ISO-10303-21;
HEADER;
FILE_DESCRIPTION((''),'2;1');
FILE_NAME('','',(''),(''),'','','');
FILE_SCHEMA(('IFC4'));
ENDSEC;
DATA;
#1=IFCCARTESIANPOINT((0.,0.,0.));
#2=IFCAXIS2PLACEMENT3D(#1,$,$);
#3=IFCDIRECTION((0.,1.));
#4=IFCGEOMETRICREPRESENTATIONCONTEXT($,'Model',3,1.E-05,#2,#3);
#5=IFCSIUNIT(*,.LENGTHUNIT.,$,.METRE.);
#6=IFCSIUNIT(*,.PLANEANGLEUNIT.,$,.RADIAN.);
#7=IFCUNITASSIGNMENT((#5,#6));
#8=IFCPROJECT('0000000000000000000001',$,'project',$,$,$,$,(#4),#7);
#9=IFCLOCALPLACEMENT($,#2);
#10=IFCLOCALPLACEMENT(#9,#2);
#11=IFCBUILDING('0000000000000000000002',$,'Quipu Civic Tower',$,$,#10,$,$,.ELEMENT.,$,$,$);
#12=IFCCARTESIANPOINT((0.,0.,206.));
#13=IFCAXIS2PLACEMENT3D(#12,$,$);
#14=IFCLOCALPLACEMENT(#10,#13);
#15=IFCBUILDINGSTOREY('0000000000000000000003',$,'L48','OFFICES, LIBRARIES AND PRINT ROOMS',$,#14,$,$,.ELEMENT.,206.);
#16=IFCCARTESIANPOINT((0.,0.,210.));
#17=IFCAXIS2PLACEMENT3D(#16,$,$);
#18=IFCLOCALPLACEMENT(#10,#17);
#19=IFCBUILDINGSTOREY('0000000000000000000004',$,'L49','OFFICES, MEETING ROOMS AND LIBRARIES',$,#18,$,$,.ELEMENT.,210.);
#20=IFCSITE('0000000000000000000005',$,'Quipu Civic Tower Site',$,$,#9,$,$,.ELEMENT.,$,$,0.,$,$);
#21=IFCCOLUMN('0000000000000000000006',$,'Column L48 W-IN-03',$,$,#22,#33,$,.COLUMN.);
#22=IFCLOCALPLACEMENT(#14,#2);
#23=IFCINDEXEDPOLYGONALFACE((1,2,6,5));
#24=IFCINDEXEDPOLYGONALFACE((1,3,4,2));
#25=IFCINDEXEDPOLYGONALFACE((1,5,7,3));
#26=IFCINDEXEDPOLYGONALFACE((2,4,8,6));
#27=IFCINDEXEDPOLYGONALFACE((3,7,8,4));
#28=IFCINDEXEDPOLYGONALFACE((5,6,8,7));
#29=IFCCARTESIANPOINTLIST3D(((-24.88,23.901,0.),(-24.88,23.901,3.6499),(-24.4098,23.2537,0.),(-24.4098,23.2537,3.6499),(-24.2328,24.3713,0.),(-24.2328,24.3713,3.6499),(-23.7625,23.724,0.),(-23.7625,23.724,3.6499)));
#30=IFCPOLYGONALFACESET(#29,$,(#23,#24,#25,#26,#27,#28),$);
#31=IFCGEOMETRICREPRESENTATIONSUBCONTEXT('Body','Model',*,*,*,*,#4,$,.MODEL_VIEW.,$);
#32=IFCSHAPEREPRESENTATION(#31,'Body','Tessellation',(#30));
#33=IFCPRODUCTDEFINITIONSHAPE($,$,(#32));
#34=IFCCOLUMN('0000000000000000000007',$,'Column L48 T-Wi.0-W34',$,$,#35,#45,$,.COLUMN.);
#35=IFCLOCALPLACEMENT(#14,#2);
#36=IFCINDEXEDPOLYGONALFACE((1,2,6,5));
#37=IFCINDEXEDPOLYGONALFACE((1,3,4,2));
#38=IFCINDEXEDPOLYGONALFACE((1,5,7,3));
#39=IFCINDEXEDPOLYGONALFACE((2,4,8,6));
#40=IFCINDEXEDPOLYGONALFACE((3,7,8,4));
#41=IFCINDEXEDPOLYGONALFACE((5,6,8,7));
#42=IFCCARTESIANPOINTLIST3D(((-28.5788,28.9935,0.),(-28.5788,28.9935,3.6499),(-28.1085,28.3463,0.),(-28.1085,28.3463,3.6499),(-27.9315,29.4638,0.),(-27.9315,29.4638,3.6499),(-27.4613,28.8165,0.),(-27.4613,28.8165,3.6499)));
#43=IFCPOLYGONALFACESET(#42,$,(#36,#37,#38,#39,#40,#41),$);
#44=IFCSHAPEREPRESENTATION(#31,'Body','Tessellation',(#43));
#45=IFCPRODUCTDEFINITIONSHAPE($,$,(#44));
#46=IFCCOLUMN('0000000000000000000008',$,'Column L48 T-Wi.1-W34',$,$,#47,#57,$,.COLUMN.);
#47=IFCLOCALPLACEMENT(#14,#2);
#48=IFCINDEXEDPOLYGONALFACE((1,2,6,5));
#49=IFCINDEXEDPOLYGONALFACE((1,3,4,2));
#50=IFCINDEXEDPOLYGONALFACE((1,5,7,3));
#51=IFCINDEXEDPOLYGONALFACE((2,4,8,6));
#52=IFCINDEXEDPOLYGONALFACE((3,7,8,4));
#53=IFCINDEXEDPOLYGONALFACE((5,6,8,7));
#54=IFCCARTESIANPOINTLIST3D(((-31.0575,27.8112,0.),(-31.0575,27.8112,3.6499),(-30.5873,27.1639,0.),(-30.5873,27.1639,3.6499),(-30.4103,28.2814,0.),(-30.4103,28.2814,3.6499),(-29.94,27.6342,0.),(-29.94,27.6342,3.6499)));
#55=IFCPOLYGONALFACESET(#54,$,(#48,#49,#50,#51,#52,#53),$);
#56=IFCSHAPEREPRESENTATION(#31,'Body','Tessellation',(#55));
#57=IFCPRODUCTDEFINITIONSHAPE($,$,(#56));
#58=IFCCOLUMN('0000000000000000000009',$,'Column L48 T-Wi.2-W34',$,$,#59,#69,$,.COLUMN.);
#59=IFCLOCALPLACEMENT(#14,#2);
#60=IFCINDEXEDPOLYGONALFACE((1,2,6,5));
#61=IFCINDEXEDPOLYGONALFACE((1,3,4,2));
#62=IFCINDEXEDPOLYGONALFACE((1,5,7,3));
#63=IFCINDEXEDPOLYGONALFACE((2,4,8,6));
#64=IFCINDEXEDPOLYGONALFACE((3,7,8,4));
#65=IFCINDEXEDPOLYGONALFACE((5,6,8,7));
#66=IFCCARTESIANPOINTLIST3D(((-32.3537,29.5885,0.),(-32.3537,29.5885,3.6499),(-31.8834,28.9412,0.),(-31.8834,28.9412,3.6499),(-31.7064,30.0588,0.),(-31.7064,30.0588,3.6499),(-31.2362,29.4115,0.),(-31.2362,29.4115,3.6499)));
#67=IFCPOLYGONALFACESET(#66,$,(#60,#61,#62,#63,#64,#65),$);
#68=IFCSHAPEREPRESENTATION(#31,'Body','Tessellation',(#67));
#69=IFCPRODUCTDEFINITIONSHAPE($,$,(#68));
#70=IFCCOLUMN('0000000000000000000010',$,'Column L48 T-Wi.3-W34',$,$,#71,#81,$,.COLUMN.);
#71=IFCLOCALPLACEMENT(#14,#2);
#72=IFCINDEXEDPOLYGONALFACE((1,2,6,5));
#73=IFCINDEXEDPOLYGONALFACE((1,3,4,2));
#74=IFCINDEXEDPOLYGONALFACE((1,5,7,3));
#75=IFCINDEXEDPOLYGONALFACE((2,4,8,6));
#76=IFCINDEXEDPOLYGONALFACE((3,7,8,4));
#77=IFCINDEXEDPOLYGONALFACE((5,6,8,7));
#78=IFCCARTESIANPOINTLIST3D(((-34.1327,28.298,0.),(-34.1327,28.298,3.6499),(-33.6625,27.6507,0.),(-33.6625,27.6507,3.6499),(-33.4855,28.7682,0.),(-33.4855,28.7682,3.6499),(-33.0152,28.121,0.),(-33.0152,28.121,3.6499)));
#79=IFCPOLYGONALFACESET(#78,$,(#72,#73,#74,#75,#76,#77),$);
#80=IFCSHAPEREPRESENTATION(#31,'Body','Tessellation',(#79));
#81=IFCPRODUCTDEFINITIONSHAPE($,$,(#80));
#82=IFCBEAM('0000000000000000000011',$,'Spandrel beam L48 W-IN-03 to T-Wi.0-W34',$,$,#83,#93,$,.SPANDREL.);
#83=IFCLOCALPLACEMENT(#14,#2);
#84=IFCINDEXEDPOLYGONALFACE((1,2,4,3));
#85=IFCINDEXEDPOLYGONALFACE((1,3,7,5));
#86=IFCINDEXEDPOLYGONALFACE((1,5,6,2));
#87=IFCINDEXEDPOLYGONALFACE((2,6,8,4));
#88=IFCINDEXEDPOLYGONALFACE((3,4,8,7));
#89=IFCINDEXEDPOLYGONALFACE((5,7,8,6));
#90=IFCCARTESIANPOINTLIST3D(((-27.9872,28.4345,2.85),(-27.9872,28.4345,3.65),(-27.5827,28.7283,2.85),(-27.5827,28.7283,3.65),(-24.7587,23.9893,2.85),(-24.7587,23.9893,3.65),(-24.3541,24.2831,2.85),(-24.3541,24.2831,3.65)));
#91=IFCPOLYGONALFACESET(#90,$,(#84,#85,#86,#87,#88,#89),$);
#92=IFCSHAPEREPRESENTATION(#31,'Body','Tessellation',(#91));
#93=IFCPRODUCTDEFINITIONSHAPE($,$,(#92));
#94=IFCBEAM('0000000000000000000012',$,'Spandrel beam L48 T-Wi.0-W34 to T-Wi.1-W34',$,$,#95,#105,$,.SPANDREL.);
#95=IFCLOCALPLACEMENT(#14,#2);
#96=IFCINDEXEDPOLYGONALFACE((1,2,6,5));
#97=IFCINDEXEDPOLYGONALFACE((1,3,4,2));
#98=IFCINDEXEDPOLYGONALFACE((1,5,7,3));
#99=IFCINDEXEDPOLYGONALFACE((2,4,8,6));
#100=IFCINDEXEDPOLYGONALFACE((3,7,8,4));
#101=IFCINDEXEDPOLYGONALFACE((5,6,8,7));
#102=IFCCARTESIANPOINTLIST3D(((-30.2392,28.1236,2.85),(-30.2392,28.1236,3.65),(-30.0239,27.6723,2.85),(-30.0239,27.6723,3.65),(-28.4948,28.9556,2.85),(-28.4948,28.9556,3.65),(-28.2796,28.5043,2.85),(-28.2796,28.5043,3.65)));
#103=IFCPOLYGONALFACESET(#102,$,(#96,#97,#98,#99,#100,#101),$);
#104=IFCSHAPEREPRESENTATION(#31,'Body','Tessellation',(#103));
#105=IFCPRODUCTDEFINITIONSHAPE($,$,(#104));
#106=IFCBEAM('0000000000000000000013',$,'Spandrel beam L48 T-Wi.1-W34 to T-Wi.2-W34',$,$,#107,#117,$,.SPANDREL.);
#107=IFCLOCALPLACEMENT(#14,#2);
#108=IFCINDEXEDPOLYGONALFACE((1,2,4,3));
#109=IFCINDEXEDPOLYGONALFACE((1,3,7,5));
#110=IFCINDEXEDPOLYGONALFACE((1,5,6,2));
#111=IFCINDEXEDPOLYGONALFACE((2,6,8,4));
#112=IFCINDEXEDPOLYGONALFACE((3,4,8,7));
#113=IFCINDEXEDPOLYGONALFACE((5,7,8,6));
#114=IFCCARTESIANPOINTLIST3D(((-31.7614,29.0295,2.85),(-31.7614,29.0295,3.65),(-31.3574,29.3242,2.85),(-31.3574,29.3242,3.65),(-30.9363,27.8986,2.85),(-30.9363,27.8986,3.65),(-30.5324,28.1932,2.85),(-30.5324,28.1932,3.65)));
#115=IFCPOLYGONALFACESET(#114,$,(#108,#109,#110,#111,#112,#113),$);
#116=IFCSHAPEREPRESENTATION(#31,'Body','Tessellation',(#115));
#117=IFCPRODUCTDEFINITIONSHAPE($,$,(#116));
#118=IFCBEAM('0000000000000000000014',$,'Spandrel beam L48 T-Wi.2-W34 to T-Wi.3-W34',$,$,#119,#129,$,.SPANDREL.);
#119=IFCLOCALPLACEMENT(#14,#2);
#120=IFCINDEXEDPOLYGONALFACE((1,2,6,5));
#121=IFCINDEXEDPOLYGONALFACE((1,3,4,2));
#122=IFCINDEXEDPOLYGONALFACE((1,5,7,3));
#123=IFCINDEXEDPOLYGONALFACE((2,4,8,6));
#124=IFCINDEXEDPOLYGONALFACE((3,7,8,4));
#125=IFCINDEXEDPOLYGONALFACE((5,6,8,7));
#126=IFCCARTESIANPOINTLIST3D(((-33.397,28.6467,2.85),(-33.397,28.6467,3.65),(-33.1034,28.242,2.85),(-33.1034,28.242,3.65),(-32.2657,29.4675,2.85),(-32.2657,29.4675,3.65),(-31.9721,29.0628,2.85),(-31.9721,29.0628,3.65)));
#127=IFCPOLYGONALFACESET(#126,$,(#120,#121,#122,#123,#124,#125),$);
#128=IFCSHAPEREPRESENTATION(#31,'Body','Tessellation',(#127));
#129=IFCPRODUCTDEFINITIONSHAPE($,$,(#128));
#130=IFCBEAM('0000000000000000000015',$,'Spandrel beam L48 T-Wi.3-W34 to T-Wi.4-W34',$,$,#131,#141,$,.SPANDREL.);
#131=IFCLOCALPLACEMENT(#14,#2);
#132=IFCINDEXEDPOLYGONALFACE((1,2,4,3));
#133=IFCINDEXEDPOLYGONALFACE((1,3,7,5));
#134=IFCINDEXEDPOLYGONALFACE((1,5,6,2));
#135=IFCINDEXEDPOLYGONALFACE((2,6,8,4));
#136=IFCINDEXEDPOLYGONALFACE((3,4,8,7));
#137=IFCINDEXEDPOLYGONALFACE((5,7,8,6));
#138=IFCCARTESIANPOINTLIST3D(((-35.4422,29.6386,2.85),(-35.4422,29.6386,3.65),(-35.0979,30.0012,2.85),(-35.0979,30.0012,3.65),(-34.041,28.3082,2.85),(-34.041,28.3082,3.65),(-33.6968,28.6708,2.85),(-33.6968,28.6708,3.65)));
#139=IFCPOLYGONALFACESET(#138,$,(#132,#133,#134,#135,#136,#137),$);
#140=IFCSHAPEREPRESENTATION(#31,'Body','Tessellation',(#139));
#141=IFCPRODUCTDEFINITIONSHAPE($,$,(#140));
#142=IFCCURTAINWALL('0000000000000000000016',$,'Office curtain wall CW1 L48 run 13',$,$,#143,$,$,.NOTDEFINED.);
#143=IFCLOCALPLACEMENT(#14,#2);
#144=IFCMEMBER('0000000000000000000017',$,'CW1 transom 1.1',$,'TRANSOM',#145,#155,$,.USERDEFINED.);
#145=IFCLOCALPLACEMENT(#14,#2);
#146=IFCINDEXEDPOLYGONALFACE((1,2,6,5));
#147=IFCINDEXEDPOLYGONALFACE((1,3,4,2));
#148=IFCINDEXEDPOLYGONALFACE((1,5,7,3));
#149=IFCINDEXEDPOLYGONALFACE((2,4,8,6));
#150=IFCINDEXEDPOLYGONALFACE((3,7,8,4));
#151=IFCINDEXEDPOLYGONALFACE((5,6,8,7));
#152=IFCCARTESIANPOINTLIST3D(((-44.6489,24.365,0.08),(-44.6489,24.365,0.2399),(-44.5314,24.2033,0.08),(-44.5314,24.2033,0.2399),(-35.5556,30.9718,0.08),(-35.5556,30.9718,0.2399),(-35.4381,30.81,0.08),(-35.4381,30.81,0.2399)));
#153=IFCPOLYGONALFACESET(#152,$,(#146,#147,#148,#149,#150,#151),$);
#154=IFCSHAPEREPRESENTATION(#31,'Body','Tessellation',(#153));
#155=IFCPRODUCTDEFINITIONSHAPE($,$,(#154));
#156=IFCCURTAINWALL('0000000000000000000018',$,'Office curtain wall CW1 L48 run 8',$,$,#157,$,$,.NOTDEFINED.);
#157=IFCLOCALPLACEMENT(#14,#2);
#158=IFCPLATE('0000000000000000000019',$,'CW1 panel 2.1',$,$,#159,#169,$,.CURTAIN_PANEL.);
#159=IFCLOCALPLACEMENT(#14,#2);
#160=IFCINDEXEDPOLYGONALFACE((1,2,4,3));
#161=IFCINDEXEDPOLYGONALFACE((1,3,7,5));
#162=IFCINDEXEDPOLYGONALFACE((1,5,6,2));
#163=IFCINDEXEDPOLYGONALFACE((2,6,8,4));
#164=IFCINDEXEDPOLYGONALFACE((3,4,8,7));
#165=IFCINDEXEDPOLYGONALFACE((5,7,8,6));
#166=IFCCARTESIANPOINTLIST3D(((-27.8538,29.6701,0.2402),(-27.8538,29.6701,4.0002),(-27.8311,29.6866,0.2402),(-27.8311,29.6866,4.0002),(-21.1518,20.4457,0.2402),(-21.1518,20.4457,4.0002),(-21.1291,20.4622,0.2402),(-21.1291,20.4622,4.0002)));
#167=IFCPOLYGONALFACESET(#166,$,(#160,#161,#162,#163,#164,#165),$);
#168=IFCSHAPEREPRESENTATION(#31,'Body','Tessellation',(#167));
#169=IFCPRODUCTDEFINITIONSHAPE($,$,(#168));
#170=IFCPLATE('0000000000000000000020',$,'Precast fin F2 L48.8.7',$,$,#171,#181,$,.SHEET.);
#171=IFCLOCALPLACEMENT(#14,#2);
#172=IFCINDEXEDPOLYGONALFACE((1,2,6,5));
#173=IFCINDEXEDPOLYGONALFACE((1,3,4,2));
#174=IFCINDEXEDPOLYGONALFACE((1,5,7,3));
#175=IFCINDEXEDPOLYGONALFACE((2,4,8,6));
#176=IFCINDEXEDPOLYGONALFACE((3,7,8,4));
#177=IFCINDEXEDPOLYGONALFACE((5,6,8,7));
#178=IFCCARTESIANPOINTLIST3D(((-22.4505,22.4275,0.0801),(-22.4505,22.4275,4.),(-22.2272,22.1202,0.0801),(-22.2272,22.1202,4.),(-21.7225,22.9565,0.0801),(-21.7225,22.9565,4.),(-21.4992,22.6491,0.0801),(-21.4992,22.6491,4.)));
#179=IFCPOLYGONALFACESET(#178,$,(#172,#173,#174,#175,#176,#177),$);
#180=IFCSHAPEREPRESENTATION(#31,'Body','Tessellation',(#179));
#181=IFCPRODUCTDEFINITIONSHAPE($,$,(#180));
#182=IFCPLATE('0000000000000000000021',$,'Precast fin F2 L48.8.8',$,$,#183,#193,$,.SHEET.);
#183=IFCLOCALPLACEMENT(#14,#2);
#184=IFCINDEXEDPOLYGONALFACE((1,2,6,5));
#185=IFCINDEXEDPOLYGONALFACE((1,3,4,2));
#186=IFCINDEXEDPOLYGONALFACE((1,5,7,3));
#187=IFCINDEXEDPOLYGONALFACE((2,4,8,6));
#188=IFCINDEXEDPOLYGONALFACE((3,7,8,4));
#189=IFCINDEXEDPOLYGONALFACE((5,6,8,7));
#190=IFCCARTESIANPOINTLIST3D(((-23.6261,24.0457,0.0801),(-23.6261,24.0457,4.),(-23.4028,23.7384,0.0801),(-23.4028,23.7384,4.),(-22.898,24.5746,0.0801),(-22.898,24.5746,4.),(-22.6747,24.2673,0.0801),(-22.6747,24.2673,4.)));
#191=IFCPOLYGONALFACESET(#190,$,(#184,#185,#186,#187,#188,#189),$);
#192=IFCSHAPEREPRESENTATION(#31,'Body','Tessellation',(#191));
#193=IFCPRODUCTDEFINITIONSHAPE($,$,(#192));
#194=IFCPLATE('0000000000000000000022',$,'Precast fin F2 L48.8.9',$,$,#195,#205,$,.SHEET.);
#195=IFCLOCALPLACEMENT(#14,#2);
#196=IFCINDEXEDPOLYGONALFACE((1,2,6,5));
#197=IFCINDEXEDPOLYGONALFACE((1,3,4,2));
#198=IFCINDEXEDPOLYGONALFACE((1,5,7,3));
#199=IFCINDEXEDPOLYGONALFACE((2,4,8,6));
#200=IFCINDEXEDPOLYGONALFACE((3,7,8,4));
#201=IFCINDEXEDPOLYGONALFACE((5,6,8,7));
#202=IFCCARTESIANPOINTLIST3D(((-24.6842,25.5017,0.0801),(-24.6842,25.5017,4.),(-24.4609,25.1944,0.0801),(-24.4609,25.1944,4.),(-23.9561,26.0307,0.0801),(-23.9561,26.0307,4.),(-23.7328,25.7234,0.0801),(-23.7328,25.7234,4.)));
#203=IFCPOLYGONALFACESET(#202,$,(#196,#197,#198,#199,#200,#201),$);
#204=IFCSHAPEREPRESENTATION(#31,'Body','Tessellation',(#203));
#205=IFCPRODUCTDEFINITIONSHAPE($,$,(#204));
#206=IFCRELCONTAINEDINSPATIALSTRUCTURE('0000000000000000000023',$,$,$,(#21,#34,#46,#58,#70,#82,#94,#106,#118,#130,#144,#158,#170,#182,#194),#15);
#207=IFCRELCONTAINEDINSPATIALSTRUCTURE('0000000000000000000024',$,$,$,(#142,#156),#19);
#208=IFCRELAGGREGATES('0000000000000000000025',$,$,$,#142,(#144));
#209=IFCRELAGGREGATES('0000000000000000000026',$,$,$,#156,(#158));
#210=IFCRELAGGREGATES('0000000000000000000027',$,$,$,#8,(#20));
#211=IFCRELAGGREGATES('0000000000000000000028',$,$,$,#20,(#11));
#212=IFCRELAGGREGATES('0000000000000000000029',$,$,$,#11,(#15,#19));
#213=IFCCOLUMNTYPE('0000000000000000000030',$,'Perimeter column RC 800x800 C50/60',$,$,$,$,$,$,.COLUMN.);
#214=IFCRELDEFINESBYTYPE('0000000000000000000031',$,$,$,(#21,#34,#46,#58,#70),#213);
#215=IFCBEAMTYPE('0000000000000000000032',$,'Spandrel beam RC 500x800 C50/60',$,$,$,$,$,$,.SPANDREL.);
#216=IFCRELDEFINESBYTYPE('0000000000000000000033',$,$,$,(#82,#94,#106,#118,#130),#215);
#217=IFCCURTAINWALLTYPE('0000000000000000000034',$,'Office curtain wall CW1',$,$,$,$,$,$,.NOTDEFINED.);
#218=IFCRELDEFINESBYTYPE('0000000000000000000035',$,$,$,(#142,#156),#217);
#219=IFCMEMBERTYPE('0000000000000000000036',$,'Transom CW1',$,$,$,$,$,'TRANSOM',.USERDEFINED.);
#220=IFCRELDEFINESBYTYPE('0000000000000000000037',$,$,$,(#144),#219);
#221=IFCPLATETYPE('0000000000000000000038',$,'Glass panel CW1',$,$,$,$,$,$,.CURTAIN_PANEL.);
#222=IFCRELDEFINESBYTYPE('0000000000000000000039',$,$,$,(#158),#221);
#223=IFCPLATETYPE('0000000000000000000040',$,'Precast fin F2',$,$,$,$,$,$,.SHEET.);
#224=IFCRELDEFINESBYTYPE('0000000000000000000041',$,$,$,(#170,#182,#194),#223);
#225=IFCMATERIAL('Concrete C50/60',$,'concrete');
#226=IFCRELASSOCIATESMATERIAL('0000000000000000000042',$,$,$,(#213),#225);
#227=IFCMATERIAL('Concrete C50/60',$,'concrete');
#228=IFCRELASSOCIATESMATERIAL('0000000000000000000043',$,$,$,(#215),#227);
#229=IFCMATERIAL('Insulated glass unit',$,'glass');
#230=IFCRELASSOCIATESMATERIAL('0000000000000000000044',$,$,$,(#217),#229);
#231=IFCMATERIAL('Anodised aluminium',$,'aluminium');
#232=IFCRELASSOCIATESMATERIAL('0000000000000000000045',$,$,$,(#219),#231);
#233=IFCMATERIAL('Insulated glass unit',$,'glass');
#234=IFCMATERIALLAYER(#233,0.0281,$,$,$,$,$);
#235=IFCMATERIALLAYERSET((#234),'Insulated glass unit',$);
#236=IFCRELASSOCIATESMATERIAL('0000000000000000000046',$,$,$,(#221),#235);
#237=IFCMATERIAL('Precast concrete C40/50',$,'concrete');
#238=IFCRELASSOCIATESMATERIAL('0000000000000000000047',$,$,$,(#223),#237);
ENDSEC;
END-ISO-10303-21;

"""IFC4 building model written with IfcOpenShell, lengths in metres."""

from ifc_helpers import new_model, si_unit, direction, frame, origin, origin_2d, place, context, subcontext, project, spatial, rectangle, extrude, material, layer, layer_set, material_profile, profile_set, type_object, element, aggregate, save


model = new_model("IFC4")

# Units and contexts
model_context = context("Model", 3, precision=1e-05, world=origin(), true_north=direction((0.0, 1.0)))
body_context = subcontext(model_context, "Body", "Model", "MODEL_VIEW")
ifc_project = project(units=[si_unit("LENGTHUNIT", "METRE"), si_unit("PLANEANGLEUNIT", "RADIAN")], contexts=[model_context])

# Site, building, storey
site_placement = place(None, origin())
site = spatial("IfcSite", under=ifc_project, at=site_placement, Name="Quipu Civic Tower Site", CompositionType="ELEMENT", RefElevation=0.0)
building_placement = place(site_placement, origin())
building = spatial("IfcBuilding", under=site, at=building_placement, Name="Quipu Civic Tower", CompositionType="ELEMENT")
storey_1_placement = place(building_placement, frame((0.0, 0.0, 206.0)))
storey_1 = spatial("IfcBuildingStorey", under=building, at=storey_1_placement, Name="L48", Description="OFFICES, LIBRARIES AND PRINT ROOMS", CompositionType="ELEMENT", Elevation=206.0)

# Columns
ifc_material_1 = material(Name="Concrete C50/60", Category="concrete")
ifc_material_profile_1 = material_profile(ifc_material_1, rectangle(XDim=0.8, YDim=0.8, at=origin_2d()), Name="RC800x800")
ifc_profile_set_1 = profile_set([ifc_material_profile_1], Name="Concrete C50/60")
column_type = type_object("IfcColumnType", Name="Perimeter column RC 800x800 C50/60", PredefinedType="COLUMN", material=ifc_profile_set_1)
for number, where, z_axis, x_axis, name in (
    (1, (-24.3213, 23.8125, 0.0), (0.0, 0.0, 1.0), (-0.587785, 0.809017, 0.0), "Column L48 W-IN-03"),
    (2, (-28.02, 28.905, 0.0), (0.0, 0.0, 1.0), (-0.809017, -0.587785, 0.0), "Column L48 T-Wi.0-W34"),
    (3, (-30.4988, 27.7227, 0.0), (0.0, 0.0, 1.0), (-0.809017, -0.587785, 0.0), "Column L48 T-Wi.1-W34"),
    (4, (-31.7949, 29.5, 0.0), (0.0, 0.0, 1.0), (-0.587785, 0.809017, 0.0), "Column L48 T-Wi.2-W34"),
    (5, (-33.574, 28.2095, 0.0), (0.0, 0.0, 1.0), (-0.587785, 0.809017, 0.0), "Column L48 T-Wi.3-W34"),
):
    element("IfcColumn", number, at=place(storey_1_placement, frame(where, z_axis=z_axis, x_axis=x_axis)), inside=storey_1, type_object=column_type, Name=name, PredefinedType="COLUMN", context=body_context, shape_type="SweptSolid", body=[
        extrude(rectangle(XDim=0.8, YDim=0.8, at=origin_2d()), origin(), (0.0, 0.0, 1.0), 3.6499),
    ])

# Beams
ifc_material_2 = material(Name="Concrete C50/60", Category="concrete")
ifc_material_profile_2 = material_profile(ifc_material_2, rectangle(XDim=0.5, YDim=0.8, at=origin_2d()), Name="RC500x800")
ifc_profile_set_2 = profile_set([ifc_material_profile_2], Name="Concrete C50/60")
beam_type = type_object("IfcBeamType", Name="Spandrel beam RC 500x800 C50/60", PredefinedType="SPANDREL", material=ifc_profile_set_2)
beam_1_placement = place(storey_1_placement, frame((-24.5564, 24.1362, 3.25), z_axis=(-0.587664, 0.809105, 0.0), x_axis=(-0.809105, -0.587664, 0.0)))
element("IfcBeam", 6, at=beam_1_placement, inside=storey_1, type_object=beam_type, Name="Spandrel beam L48 W-IN-03 to T-Wi.0-W34", PredefinedType="SPANDREL", context=body_context, shape_type="SweptSolid", body=[
    extrude(rectangle(XDim=0.5, YDim=0.8, at=origin_2d()), origin(), (0.0, 0.0, 1.0), 5.4939),
])
beam_2_placement = place(storey_1_placement, frame((-28.3872, 28.73, 3.25), z_axis=(-0.902585, -0.430512, 0.0), x_axis=(0.430512, -0.902585, 0.0)))
element("IfcBeam", 7, at=beam_2_placement, inside=storey_1, type_object=beam_type, Name="Spandrel beam L48 T-Wi.0-W34 to T-Wi.1-W34", PredefinedType="SPANDREL", context=body_context, shape_type="SweptSolid", body=[
    extrude(rectangle(XDim=0.5, YDim=0.8, at=origin_2d()), origin(), (0.0, 0.0, 1.0), 1.9326),
])
beam_3_placement = place(storey_1_placement, frame((-30.7344, 28.0459, 3.25), z_axis=(-0.589343, 0.807883, 0.0), x_axis=(-0.807883, -0.589343, 0.0)))
element("IfcBeam", 8, at=beam_3_placement, inside=storey_1, type_object=beam_type, Name="Spandrel beam L48 T-Wi.1-W34 to T-Wi.2-W34", PredefinedType="SPANDREL", context=body_context, shape_type="SweptSolid", body=[
    extrude(rectangle(XDim=0.5, YDim=0.8, at=origin_2d()), origin(), (0.0, 0.0, 1.0), 1.3999),
])
beam_4_placement = place(storey_1_placement, frame((-32.1189, 29.2651, 3.25), z_axis=(-0.809415, -0.587237, 0.0), x_axis=(0.587237, -0.809415, 0.0)))
element("IfcBeam", 9, at=beam_4_placement, inside=storey_1, type_object=beam_type, Name="Spandrel beam L48 T-Wi.2-W34 to T-Wi.3-W34", PredefinedType="SPANDREL", context=body_context, shape_type="SweptSolid", body=[
    extrude(rectangle(XDim=0.5, YDim=0.8, at=origin_2d()), origin(), (0.0, 0.0, 1.0), 1.3977),
])
beam_5_placement = place(storey_1_placement, frame((-33.8689, 28.4895, 3.25), z_axis=(-0.725192, 0.688547, 0.0), x_axis=(-0.688547, -0.725192, 0.0)))
element("IfcBeam", 10, at=beam_5_placement, inside=storey_1, type_object=beam_type, Name="Spandrel beam L48 T-Wi.3-W34 to T-Wi.4-W34", PredefinedType="SPANDREL", context=body_context, shape_type="SweptSolid", body=[
    extrude(rectangle(XDim=0.5, YDim=0.8, at=origin_2d()), origin(), (0.0, 0.0, 1.0), 1.9321),
])

# Shared definitions
storey_2_placement = place(building_placement, frame((0.0, 0.0, 210.0)))
storey_2 = spatial("IfcBuildingStorey", under=building, at=storey_2_placement, Name="L49", Description="OFFICES, MEETING ROOMS AND LIBRARIES", CompositionType="ELEMENT", Elevation=210.0)

# Curtain wall, member
ifc_material_3 = material(Name="Insulated glass unit", Category="glass")
curtain_wall_type = type_object("IfcCurtainWallType", Name="Office curtain wall CW1", PredefinedType="NOTDEFINED", material=ifc_material_3)
curtain_wall_1_placement = place(storey_2_placement, origin())
curtain_wall_1 = element("IfcCurtainWall", 11, at=curtain_wall_1_placement, inside=storey_2, type_object=curtain_wall_type, Name="Office curtain wall CW1 L48 run 13", PredefinedType="NOTDEFINED")
ifc_material_4 = material(Name="Anodised aluminium", Category="aluminium")
ifc_material_profile_3 = material_profile(ifc_material_4, rectangle(XDim=0.2, YDim=0.1599, at=origin_2d()), Name="RECT 200x160")
ifc_profile_set_3 = profile_set([ifc_material_profile_3], Name="Anodised aluminium")
member_type = type_object("IfcMemberType", Name="Transom CW1", ElementType="TRANSOM", PredefinedType="USERDEFINED", material=ifc_profile_set_3)
member_placement = place(storey_1_placement, frame((-35.4968, 30.8909, 0.1599), z_axis=(-0.809015, -0.587788, 0.0), x_axis=(0.587788, -0.809015, 0.0)))
member = element("IfcMember", 12, at=member_placement, inside=storey_1, type_object=member_type, Name="CW1 transom 1.1", ObjectType="TRANSOM", PredefinedType="USERDEFINED", context=body_context, shape_type="SweptSolid", body=[
    extrude(rectangle(XDim=0.2, YDim=0.1599, at=origin_2d()), origin(), (0.0, 0.0, 1.0), 11.24),
])
aggregate(curtain_wall_1, [member])

# Curtain wall, plate
curtain_wall_2_placement = place(storey_2_placement, origin())
curtain_wall_2 = element("IfcCurtainWall", 13, at=curtain_wall_2_placement, inside=storey_2, type_object=curtain_wall_type, Name="Office curtain wall CW1 L48 run 8", PredefinedType="NOTDEFINED")
ifc_material_5 = material(Name="Insulated glass unit", Category="glass")
ifc_layer_1 = layer(ifc_material_5, 0.0281)
ifc_layer_set_1 = layer_set([ifc_layer_1], Name="Insulated glass unit")
plate_type_1 = type_object("IfcPlateType", Name="Glass panel CW1", PredefinedType="CURTAIN_PANEL", material=ifc_layer_set_1)
plate_placement = place(storey_1_placement, frame((-24.4915, 25.0662, 0.2402), z_axis=(0.0, 0.0, 1.0), x_axis=(-0.587789, 0.809014, 0.0)))
plate = element("IfcPlate", 14, at=plate_placement, inside=storey_1, type_object=plate_type_1, Name="CW1 panel 2.1", PredefinedType="CURTAIN_PANEL", context=body_context, shape_type="SweptSolid", body=[
    extrude(rectangle(XDim=11.4021, YDim=0.0281, at=origin_2d()), origin(), (0.0, 0.0, 1.0), 3.76),
])
aggregate(curtain_wall_2, [plate])

# Plates
ifc_material_6 = material(Name="Precast concrete C40/50", Category="concrete")
plate_type_2 = type_object("IfcPlateType", Name="Precast fin F2", PredefinedType="SHEET", material=ifc_material_6)
for number, where, z_axis, x_axis, name in (
    (15, (-21.9749, 22.5383, 0.0801), (0.0, 0.0, 1.0), (-0.587787, 0.809016, 0.0), "Precast fin F2 L48.8.7"),
    (16, (-23.1504, 24.1565, 0.0801), (0.0, 0.0, 1.0), (-0.587787, 0.809016, 0.0), "Precast fin F2 L48.8.8"),
    (17, (-24.2085, 25.6125, 0.0801), (0.0, 0.0, 1.0), (-0.587787, 0.809016, 0.0), "Precast fin F2 L48.8.9"),
):
    element("IfcPlate", number, at=place(storey_1_placement, frame(where, z_axis=z_axis, x_axis=x_axis)), inside=storey_1, type_object=plate_type_2, Name=name, PredefinedType="SHEET", context=body_context, shape_type="SweptSolid", body=[
        extrude(rectangle(XDim=0.3799, YDim=0.8999, at=origin_2d()), origin(), (0.0, 0.0, 1.0), 3.9199),
    ])

save(model, "model.ifc")
